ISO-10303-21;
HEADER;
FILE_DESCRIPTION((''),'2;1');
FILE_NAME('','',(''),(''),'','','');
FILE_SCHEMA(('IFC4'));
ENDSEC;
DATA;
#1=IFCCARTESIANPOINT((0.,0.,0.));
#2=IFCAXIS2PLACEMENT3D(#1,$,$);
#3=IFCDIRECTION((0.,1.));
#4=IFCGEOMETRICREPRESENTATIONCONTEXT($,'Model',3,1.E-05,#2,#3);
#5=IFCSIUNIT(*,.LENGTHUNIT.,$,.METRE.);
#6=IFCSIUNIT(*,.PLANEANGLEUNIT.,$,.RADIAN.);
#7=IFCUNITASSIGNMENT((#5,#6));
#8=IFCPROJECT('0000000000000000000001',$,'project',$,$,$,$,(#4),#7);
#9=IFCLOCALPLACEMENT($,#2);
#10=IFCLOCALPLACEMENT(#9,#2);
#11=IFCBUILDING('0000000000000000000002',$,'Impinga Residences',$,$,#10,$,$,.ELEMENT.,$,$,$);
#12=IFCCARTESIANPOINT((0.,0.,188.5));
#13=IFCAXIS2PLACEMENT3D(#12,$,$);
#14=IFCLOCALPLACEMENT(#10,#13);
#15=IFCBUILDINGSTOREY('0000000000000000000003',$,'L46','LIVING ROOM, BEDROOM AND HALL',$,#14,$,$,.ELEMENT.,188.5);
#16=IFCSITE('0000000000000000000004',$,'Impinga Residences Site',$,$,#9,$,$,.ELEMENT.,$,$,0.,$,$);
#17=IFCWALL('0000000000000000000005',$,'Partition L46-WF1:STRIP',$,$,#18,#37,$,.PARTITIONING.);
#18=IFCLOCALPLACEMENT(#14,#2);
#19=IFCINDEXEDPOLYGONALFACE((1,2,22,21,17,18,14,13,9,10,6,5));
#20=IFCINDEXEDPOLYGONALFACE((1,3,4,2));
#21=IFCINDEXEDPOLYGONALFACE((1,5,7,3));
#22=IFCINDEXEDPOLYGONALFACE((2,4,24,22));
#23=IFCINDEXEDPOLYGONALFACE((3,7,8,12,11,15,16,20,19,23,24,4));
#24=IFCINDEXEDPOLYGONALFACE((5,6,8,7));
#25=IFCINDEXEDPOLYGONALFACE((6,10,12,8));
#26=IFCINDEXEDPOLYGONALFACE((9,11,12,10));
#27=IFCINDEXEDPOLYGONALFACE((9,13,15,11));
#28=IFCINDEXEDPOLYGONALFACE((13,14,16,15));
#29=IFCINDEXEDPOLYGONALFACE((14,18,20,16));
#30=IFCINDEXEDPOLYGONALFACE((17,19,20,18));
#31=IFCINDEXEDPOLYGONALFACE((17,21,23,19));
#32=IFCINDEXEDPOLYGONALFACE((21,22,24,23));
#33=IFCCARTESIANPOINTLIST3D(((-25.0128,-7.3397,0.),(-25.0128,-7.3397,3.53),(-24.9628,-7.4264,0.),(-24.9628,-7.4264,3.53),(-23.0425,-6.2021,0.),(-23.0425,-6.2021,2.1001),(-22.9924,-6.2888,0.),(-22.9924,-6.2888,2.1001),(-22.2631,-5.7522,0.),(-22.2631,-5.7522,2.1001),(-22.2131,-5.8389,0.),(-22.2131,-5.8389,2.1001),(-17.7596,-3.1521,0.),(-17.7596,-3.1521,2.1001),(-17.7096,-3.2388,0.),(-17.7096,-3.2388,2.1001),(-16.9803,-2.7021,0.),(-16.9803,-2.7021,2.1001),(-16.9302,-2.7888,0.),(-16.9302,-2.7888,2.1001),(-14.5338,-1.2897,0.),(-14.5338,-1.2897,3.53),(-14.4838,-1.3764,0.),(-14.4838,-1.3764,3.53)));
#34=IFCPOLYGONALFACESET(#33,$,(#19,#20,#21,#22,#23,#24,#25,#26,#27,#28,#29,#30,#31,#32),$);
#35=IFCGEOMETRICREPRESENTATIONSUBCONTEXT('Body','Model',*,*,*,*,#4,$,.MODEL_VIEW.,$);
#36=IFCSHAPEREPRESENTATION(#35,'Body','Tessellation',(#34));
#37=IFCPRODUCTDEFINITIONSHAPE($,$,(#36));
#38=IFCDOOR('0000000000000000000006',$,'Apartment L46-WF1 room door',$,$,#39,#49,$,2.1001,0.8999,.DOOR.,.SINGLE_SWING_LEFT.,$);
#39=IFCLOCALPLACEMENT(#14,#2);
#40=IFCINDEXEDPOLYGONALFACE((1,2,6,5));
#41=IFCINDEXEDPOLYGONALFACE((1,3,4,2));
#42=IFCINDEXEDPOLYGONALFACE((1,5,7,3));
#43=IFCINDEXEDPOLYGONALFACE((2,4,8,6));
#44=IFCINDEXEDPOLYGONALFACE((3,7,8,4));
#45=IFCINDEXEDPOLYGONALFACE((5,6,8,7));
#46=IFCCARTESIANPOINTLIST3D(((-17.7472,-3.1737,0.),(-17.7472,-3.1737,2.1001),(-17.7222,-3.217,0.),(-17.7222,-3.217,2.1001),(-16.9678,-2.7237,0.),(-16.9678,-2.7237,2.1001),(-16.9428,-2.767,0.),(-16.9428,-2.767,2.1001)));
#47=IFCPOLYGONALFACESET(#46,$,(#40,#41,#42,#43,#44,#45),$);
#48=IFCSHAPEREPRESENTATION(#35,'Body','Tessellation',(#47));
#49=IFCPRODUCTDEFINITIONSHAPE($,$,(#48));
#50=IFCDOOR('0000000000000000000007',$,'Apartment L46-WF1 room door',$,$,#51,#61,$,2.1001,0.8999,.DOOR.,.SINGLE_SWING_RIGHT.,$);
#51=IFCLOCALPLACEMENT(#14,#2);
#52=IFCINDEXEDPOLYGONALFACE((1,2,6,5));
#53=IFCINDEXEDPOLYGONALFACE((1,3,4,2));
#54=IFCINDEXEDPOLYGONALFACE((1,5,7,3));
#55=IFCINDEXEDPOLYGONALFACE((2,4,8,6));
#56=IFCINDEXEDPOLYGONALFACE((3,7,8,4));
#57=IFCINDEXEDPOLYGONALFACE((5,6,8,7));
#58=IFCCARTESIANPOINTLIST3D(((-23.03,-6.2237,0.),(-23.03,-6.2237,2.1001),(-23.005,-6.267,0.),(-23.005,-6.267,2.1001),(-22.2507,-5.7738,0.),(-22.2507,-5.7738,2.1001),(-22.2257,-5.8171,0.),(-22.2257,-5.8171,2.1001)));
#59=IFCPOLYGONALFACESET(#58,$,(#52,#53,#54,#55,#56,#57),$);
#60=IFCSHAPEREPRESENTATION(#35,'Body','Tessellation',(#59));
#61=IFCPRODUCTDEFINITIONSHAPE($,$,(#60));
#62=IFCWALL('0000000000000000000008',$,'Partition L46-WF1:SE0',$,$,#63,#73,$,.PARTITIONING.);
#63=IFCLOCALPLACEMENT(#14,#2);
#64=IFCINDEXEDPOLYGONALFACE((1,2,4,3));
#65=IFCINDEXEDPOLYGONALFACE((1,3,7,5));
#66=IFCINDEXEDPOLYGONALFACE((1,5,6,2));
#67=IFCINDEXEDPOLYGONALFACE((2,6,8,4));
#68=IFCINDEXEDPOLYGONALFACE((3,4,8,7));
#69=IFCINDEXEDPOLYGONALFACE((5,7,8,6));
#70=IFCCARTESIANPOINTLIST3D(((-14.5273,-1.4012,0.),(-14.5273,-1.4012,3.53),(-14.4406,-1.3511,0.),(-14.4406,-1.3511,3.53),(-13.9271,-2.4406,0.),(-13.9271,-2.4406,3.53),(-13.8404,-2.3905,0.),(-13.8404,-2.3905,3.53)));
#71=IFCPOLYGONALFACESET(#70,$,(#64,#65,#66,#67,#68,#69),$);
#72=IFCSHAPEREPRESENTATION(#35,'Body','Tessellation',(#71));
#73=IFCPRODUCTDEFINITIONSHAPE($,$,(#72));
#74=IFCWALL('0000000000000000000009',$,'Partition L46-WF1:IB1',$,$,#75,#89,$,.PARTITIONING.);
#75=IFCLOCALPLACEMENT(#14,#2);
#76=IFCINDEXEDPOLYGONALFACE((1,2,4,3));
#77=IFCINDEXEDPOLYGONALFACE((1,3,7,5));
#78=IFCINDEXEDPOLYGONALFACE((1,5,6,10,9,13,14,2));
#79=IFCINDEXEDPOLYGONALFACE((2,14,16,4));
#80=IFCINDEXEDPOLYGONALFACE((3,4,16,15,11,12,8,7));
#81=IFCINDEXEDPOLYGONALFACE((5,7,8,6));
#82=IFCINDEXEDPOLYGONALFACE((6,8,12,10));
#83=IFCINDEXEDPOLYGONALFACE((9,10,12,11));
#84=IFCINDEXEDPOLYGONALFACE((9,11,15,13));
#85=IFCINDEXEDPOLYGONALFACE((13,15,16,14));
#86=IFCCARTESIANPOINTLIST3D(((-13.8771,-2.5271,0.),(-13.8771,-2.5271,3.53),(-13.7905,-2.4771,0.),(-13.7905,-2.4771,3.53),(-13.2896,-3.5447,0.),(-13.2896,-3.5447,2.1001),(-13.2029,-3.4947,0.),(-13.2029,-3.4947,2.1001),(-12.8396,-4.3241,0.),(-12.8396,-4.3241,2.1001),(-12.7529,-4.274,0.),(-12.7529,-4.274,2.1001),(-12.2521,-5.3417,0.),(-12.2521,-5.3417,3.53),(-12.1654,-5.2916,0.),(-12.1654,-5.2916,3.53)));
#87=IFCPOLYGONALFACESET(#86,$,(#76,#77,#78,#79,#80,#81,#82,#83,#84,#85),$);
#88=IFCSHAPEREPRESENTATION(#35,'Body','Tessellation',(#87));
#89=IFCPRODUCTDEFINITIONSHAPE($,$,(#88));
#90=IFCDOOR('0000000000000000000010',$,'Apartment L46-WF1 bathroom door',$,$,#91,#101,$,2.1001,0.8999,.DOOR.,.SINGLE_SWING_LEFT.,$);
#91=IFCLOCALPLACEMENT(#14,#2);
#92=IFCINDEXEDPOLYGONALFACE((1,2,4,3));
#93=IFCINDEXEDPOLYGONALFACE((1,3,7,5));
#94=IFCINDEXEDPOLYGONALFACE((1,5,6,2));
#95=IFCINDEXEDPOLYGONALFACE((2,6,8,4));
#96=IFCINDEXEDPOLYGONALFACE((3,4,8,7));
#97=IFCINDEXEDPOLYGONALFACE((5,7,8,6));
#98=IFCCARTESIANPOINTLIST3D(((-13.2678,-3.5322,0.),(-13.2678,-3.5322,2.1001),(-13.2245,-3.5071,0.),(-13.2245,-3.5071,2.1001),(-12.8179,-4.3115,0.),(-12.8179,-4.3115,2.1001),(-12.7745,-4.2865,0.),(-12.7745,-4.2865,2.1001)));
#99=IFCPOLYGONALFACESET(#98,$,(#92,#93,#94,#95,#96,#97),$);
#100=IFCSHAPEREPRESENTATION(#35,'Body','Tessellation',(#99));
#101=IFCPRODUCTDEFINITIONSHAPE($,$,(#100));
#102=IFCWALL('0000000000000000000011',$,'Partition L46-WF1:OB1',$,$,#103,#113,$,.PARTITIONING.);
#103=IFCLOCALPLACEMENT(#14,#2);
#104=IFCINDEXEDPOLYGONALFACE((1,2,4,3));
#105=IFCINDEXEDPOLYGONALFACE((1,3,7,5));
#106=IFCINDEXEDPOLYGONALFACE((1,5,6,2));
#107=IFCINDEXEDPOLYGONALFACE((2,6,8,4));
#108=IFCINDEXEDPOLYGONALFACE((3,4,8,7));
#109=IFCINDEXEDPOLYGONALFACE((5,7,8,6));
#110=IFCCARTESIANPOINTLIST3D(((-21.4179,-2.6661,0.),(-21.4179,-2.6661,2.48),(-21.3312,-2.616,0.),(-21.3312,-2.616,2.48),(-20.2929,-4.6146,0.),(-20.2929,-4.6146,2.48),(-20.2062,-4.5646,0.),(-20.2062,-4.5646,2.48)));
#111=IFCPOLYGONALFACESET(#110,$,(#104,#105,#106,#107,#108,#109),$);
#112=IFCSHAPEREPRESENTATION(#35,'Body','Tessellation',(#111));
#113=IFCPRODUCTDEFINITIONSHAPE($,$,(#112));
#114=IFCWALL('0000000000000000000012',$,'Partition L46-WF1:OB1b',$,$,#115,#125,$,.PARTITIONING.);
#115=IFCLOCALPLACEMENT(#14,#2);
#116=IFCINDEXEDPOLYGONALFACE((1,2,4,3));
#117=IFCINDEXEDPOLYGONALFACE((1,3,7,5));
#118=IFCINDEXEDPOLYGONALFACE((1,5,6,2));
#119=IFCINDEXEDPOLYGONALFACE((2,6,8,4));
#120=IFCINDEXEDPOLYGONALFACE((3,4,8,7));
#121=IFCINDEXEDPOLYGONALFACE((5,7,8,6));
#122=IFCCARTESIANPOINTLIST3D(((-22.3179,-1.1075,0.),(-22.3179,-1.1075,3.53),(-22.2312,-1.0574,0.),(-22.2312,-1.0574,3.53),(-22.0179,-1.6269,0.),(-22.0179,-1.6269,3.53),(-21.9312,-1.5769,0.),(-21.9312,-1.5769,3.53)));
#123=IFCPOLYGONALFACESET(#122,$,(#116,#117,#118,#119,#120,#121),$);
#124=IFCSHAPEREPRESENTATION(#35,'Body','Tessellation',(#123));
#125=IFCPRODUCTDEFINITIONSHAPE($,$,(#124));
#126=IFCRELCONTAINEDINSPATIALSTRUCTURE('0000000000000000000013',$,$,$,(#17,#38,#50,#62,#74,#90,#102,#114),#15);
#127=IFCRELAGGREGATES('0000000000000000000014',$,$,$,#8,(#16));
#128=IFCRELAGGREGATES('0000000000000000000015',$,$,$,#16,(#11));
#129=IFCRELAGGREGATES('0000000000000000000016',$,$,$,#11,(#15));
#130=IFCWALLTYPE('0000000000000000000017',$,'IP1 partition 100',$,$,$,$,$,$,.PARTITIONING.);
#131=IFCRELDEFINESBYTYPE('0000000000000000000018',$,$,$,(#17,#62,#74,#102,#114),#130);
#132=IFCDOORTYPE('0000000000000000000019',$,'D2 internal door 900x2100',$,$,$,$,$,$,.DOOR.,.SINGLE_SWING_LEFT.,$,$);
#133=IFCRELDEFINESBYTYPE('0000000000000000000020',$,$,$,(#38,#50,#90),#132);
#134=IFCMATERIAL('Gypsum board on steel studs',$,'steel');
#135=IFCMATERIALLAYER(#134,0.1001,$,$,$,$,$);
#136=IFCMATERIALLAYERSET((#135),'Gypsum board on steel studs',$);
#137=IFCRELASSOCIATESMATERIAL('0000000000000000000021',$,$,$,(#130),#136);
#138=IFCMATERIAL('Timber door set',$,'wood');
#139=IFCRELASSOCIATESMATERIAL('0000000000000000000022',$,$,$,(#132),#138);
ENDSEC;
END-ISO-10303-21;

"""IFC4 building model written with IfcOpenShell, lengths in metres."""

from ifc_helpers import new_model, si_unit, direction, frame, frame_2d, origin, place, context, subcontext, project, spatial, rectangle, extrude, material, layer, layer_set, type_object, element, fill, save


model = new_model("IFC4")

# Units and contexts
model_context = context("Model", 3, precision=1e-05, world=origin(), true_north=direction((0.0, 1.0)))
body_context = subcontext(model_context, "Body", "Model", "MODEL_VIEW")
ifc_project = project(units=[si_unit("LENGTHUNIT", "METRE"), si_unit("PLANEANGLEUNIT", "RADIAN")], contexts=[model_context])

# Site, building, storey
site_placement = place(None, origin())
site = spatial("IfcSite", under=ifc_project, at=site_placement, Name="Impinga Residences Site", CompositionType="ELEMENT", RefElevation=0.0)
building_placement = place(site_placement, origin())
building = spatial("IfcBuilding", under=site, at=building_placement, Name="Impinga Residences", CompositionType="ELEMENT")
storey_placement = place(building_placement, frame((0.0, 0.0, 188.5)))
storey = spatial("IfcBuildingStorey", under=building, at=storey_placement, Name="L46", Description="LIVING ROOM, BEDROOM AND HALL", CompositionType="ELEMENT", Elevation=188.5)

# Shared definitions
ifc_material_1 = material(Name="Timber door set", Category="wood")

# Shared definitions
ifc_material_2 = material(Name="Gypsum board on steel studs", Category="steel")
ifc_layer_1 = layer(ifc_material_2, 0.1001)
ifc_layer_set_1 = layer_set([ifc_layer_1], Name="Gypsum board on steel studs")
wall_type_1 = type_object("IfcWallType", Name="IP1 partition 100", PredefinedType="PARTITIONING", material=ifc_layer_set_1)

# Wall, openings, doors
wall_1_placement = place(storey_placement, frame((-14.5088, -1.333, 0.0), z_axis=(0.0, 0.0, 1.0), x_axis=(-0.866026, -0.5, 0.0)))
wall_1 = element("IfcWall", 1, at=wall_1_placement, inside=storey, type_object=wall_type_1, Name="Partition L46-WF1:STRIP", PredefinedType="PARTITIONING", context=body_context, shape_type="SweptSolid", body=[
    extrude(rectangle(XDim=12.1001, YDim=0.1001, at=frame_2d((6.05, 0.0))), origin(), (0.0, 0.0, 1.0), 3.53),
])
opening_1_placement = place(wall_1_placement, frame((2.825, 0.0, 0.0)))
opening_1 = element("IfcOpeningElement", 2, at=opening_1_placement, cuts=wall_1, PredefinedType="OPENING", context=body_context, shape_type="SweptSolid", body=[
    extrude(rectangle(XDim=0.8999, YDim=2.1001, at=frame_2d((0.45, 1.05))), frame((0.0, 0.0601, 0.0), z_axis=(0.0, -1.0, 0.0), x_axis=(1.0, 0.0, 0.0)), (0.0, 0.0, 1.0), 0.1201),
])
opening_2_placement = place(wall_1_placement, frame((8.925, 0.0, 0.0)))
opening_2 = element("IfcOpeningElement", 3, at=opening_2_placement, cuts=wall_1, PredefinedType="OPENING", context=body_context, shape_type="SweptSolid", body=[
    extrude(rectangle(XDim=0.8999, YDim=2.1001, at=frame_2d((0.45, 1.05))), frame((0.0, 0.0601, 0.0), z_axis=(0.0, -1.0, 0.0), x_axis=(1.0, 0.0, 0.0)), (0.0, 0.0, 1.0), 0.1201),
])
door_type_1 = type_object("IfcDoorType", Name="D2 internal door 900x2100", OperationType="SINGLE_SWING_LEFT", PredefinedType="DOOR", material=ifc_material_1)
door_1_placement = place(opening_1_placement, origin())
door_1 = element("IfcDoor", 4, at=door_1_placement, inside=storey, type_object=door_type_1, Name="Apartment L46-WF1 room door", OperationType="SINGLE_SWING_LEFT", OverallHeight=2.1001, OverallWidth=0.8999, PredefinedType="DOOR", context=body_context, shape_type="SweptSolid", body=[
    extrude(rectangle(XDim=0.8999, YDim=2.1001, at=frame_2d((0.45, 1.05))), frame((0.0, 0.0249, 0.0), z_axis=(0.0, -1.0, 0.0), x_axis=(1.0, 0.0, 0.0)), (0.0, 0.0, 1.0), 0.05),
])
fill(opening_1, door_1)
door_2_placement = place(opening_2_placement, origin())
door_2 = element("IfcDoor", 5, at=door_2_placement, inside=storey, type_object=door_type_1, Name="Apartment L46-WF1 room door", OperationType="SINGLE_SWING_RIGHT", OverallHeight=2.1001, OverallWidth=0.8999, PredefinedType="DOOR", context=body_context, shape_type="SweptSolid", body=[
    extrude(rectangle(XDim=0.8999, YDim=2.1001, at=frame_2d((0.45, 1.05))), frame((0.0, 0.0249, 0.0), z_axis=(0.0, -1.0, 0.0), x_axis=(1.0, 0.0, 0.0)), (0.0, 0.0, 1.0), 0.05),
])
fill(opening_2, door_2)

# Wall
wall_2_placement = place(storey_placement, frame((-13.8838, -2.4155, 0.0), z_axis=(0.0, 0.0, 1.0), x_axis=(-0.500034, 0.866006, 0.0)))
element("IfcWall", 6, at=wall_2_placement, inside=storey, type_object=wall_type_1, Name="Partition L46-WF1:SE0", PredefinedType="PARTITIONING", context=body_context, shape_type="SweptSolid", body=[
    extrude(rectangle(XDim=1.2002, YDim=0.1001, at=frame_2d((0.6001, 0.0))), origin(), (0.0, 0.0, 1.0), 3.53),
])

# Wall, opening, door
wall_3_placement = place(storey_placement, frame((-12.2087, -5.3167, 0.0), z_axis=(0.0, 0.0, 1.0), x_axis=(-0.500017, 0.866015, 0.0)))
wall_3 = element("IfcWall", 7, at=wall_3_placement, inside=storey, type_object=wall_type_1, Name="Partition L46-WF1:IB1", PredefinedType="PARTITIONING", context=body_context, shape_type="SweptSolid", body=[
    extrude(rectangle(XDim=3.25, YDim=0.1001, at=frame_2d((1.625, 0.0))), origin(), (0.0, 0.0, 1.0), 3.53),
])
opening_3_placement = place(wall_3_placement, frame((1.175, 0.0, 0.0)))
opening_3 = element("IfcOpeningElement", 8, at=opening_3_placement, cuts=wall_3, PredefinedType="OPENING", context=body_context, shape_type="SweptSolid", body=[
    extrude(rectangle(XDim=0.8999, YDim=2.1001, at=frame_2d((0.45, 1.05))), frame((0.0, 0.0601, 0.0), z_axis=(0.0, -1.0, 0.0), x_axis=(1.0, 0.0, 0.0)), (0.0, 0.0, 1.0), 0.1201),
])
door_3_placement = place(opening_3_placement, origin())
door_3 = element("IfcDoor", 9, at=door_3_placement, inside=storey, type_object=door_type_1, Name="Apartment L46-WF1 bathroom door", OperationType="SINGLE_SWING_LEFT", OverallHeight=2.1001, OverallWidth=0.8999, PredefinedType="DOOR", context=body_context, shape_type="SweptSolid", body=[
    extrude(rectangle(XDim=0.8999, YDim=2.1001, at=frame_2d((0.45, 1.05))), frame((0.0, 0.0249, 0.0), z_axis=(0.0, -1.0, 0.0), x_axis=(1.0, 0.0, 0.0)), (0.0, 0.0, 1.0), 0.05),
])
fill(opening_3, door_3)

# Walls
wall_4_placement = place(storey_placement, frame((-20.2495, -4.5896, 0.0), z_axis=(0.0, 0.0, 1.0), x_axis=(-0.500014, 0.866018, 0.0)))
element("IfcWall", 10, at=wall_4_placement, inside=storey, type_object=wall_type_1, Name="Partition L46-WF1:OB1", PredefinedType="PARTITIONING", context=body_context, shape_type="SweptSolid", body=[
    extrude(rectangle(XDim=2.25, YDim=0.1001, at=frame_2d((1.125, 0.0))), origin(), (0.0, 0.0, 1.0), 2.48),
])
wall_5_placement = place(storey_placement, frame((-21.9746, -1.6018, 0.0), z_axis=(0.0, 0.0, 1.0), x_axis=(-0.500122, 0.865955, 0.0)))
element("IfcWall", 11, at=wall_5_placement, inside=storey, type_object=wall_type_1, Name="Partition L46-WF1:OB1b", PredefinedType="PARTITIONING", context=body_context, shape_type="SweptSolid", body=[
    extrude(rectangle(XDim=0.5999, YDim=0.1001, at=frame_2d((0.2998, 0.0))), origin(), (0.0, 0.0, 1.0), 3.53),
])

save(model, "model.ifc")
